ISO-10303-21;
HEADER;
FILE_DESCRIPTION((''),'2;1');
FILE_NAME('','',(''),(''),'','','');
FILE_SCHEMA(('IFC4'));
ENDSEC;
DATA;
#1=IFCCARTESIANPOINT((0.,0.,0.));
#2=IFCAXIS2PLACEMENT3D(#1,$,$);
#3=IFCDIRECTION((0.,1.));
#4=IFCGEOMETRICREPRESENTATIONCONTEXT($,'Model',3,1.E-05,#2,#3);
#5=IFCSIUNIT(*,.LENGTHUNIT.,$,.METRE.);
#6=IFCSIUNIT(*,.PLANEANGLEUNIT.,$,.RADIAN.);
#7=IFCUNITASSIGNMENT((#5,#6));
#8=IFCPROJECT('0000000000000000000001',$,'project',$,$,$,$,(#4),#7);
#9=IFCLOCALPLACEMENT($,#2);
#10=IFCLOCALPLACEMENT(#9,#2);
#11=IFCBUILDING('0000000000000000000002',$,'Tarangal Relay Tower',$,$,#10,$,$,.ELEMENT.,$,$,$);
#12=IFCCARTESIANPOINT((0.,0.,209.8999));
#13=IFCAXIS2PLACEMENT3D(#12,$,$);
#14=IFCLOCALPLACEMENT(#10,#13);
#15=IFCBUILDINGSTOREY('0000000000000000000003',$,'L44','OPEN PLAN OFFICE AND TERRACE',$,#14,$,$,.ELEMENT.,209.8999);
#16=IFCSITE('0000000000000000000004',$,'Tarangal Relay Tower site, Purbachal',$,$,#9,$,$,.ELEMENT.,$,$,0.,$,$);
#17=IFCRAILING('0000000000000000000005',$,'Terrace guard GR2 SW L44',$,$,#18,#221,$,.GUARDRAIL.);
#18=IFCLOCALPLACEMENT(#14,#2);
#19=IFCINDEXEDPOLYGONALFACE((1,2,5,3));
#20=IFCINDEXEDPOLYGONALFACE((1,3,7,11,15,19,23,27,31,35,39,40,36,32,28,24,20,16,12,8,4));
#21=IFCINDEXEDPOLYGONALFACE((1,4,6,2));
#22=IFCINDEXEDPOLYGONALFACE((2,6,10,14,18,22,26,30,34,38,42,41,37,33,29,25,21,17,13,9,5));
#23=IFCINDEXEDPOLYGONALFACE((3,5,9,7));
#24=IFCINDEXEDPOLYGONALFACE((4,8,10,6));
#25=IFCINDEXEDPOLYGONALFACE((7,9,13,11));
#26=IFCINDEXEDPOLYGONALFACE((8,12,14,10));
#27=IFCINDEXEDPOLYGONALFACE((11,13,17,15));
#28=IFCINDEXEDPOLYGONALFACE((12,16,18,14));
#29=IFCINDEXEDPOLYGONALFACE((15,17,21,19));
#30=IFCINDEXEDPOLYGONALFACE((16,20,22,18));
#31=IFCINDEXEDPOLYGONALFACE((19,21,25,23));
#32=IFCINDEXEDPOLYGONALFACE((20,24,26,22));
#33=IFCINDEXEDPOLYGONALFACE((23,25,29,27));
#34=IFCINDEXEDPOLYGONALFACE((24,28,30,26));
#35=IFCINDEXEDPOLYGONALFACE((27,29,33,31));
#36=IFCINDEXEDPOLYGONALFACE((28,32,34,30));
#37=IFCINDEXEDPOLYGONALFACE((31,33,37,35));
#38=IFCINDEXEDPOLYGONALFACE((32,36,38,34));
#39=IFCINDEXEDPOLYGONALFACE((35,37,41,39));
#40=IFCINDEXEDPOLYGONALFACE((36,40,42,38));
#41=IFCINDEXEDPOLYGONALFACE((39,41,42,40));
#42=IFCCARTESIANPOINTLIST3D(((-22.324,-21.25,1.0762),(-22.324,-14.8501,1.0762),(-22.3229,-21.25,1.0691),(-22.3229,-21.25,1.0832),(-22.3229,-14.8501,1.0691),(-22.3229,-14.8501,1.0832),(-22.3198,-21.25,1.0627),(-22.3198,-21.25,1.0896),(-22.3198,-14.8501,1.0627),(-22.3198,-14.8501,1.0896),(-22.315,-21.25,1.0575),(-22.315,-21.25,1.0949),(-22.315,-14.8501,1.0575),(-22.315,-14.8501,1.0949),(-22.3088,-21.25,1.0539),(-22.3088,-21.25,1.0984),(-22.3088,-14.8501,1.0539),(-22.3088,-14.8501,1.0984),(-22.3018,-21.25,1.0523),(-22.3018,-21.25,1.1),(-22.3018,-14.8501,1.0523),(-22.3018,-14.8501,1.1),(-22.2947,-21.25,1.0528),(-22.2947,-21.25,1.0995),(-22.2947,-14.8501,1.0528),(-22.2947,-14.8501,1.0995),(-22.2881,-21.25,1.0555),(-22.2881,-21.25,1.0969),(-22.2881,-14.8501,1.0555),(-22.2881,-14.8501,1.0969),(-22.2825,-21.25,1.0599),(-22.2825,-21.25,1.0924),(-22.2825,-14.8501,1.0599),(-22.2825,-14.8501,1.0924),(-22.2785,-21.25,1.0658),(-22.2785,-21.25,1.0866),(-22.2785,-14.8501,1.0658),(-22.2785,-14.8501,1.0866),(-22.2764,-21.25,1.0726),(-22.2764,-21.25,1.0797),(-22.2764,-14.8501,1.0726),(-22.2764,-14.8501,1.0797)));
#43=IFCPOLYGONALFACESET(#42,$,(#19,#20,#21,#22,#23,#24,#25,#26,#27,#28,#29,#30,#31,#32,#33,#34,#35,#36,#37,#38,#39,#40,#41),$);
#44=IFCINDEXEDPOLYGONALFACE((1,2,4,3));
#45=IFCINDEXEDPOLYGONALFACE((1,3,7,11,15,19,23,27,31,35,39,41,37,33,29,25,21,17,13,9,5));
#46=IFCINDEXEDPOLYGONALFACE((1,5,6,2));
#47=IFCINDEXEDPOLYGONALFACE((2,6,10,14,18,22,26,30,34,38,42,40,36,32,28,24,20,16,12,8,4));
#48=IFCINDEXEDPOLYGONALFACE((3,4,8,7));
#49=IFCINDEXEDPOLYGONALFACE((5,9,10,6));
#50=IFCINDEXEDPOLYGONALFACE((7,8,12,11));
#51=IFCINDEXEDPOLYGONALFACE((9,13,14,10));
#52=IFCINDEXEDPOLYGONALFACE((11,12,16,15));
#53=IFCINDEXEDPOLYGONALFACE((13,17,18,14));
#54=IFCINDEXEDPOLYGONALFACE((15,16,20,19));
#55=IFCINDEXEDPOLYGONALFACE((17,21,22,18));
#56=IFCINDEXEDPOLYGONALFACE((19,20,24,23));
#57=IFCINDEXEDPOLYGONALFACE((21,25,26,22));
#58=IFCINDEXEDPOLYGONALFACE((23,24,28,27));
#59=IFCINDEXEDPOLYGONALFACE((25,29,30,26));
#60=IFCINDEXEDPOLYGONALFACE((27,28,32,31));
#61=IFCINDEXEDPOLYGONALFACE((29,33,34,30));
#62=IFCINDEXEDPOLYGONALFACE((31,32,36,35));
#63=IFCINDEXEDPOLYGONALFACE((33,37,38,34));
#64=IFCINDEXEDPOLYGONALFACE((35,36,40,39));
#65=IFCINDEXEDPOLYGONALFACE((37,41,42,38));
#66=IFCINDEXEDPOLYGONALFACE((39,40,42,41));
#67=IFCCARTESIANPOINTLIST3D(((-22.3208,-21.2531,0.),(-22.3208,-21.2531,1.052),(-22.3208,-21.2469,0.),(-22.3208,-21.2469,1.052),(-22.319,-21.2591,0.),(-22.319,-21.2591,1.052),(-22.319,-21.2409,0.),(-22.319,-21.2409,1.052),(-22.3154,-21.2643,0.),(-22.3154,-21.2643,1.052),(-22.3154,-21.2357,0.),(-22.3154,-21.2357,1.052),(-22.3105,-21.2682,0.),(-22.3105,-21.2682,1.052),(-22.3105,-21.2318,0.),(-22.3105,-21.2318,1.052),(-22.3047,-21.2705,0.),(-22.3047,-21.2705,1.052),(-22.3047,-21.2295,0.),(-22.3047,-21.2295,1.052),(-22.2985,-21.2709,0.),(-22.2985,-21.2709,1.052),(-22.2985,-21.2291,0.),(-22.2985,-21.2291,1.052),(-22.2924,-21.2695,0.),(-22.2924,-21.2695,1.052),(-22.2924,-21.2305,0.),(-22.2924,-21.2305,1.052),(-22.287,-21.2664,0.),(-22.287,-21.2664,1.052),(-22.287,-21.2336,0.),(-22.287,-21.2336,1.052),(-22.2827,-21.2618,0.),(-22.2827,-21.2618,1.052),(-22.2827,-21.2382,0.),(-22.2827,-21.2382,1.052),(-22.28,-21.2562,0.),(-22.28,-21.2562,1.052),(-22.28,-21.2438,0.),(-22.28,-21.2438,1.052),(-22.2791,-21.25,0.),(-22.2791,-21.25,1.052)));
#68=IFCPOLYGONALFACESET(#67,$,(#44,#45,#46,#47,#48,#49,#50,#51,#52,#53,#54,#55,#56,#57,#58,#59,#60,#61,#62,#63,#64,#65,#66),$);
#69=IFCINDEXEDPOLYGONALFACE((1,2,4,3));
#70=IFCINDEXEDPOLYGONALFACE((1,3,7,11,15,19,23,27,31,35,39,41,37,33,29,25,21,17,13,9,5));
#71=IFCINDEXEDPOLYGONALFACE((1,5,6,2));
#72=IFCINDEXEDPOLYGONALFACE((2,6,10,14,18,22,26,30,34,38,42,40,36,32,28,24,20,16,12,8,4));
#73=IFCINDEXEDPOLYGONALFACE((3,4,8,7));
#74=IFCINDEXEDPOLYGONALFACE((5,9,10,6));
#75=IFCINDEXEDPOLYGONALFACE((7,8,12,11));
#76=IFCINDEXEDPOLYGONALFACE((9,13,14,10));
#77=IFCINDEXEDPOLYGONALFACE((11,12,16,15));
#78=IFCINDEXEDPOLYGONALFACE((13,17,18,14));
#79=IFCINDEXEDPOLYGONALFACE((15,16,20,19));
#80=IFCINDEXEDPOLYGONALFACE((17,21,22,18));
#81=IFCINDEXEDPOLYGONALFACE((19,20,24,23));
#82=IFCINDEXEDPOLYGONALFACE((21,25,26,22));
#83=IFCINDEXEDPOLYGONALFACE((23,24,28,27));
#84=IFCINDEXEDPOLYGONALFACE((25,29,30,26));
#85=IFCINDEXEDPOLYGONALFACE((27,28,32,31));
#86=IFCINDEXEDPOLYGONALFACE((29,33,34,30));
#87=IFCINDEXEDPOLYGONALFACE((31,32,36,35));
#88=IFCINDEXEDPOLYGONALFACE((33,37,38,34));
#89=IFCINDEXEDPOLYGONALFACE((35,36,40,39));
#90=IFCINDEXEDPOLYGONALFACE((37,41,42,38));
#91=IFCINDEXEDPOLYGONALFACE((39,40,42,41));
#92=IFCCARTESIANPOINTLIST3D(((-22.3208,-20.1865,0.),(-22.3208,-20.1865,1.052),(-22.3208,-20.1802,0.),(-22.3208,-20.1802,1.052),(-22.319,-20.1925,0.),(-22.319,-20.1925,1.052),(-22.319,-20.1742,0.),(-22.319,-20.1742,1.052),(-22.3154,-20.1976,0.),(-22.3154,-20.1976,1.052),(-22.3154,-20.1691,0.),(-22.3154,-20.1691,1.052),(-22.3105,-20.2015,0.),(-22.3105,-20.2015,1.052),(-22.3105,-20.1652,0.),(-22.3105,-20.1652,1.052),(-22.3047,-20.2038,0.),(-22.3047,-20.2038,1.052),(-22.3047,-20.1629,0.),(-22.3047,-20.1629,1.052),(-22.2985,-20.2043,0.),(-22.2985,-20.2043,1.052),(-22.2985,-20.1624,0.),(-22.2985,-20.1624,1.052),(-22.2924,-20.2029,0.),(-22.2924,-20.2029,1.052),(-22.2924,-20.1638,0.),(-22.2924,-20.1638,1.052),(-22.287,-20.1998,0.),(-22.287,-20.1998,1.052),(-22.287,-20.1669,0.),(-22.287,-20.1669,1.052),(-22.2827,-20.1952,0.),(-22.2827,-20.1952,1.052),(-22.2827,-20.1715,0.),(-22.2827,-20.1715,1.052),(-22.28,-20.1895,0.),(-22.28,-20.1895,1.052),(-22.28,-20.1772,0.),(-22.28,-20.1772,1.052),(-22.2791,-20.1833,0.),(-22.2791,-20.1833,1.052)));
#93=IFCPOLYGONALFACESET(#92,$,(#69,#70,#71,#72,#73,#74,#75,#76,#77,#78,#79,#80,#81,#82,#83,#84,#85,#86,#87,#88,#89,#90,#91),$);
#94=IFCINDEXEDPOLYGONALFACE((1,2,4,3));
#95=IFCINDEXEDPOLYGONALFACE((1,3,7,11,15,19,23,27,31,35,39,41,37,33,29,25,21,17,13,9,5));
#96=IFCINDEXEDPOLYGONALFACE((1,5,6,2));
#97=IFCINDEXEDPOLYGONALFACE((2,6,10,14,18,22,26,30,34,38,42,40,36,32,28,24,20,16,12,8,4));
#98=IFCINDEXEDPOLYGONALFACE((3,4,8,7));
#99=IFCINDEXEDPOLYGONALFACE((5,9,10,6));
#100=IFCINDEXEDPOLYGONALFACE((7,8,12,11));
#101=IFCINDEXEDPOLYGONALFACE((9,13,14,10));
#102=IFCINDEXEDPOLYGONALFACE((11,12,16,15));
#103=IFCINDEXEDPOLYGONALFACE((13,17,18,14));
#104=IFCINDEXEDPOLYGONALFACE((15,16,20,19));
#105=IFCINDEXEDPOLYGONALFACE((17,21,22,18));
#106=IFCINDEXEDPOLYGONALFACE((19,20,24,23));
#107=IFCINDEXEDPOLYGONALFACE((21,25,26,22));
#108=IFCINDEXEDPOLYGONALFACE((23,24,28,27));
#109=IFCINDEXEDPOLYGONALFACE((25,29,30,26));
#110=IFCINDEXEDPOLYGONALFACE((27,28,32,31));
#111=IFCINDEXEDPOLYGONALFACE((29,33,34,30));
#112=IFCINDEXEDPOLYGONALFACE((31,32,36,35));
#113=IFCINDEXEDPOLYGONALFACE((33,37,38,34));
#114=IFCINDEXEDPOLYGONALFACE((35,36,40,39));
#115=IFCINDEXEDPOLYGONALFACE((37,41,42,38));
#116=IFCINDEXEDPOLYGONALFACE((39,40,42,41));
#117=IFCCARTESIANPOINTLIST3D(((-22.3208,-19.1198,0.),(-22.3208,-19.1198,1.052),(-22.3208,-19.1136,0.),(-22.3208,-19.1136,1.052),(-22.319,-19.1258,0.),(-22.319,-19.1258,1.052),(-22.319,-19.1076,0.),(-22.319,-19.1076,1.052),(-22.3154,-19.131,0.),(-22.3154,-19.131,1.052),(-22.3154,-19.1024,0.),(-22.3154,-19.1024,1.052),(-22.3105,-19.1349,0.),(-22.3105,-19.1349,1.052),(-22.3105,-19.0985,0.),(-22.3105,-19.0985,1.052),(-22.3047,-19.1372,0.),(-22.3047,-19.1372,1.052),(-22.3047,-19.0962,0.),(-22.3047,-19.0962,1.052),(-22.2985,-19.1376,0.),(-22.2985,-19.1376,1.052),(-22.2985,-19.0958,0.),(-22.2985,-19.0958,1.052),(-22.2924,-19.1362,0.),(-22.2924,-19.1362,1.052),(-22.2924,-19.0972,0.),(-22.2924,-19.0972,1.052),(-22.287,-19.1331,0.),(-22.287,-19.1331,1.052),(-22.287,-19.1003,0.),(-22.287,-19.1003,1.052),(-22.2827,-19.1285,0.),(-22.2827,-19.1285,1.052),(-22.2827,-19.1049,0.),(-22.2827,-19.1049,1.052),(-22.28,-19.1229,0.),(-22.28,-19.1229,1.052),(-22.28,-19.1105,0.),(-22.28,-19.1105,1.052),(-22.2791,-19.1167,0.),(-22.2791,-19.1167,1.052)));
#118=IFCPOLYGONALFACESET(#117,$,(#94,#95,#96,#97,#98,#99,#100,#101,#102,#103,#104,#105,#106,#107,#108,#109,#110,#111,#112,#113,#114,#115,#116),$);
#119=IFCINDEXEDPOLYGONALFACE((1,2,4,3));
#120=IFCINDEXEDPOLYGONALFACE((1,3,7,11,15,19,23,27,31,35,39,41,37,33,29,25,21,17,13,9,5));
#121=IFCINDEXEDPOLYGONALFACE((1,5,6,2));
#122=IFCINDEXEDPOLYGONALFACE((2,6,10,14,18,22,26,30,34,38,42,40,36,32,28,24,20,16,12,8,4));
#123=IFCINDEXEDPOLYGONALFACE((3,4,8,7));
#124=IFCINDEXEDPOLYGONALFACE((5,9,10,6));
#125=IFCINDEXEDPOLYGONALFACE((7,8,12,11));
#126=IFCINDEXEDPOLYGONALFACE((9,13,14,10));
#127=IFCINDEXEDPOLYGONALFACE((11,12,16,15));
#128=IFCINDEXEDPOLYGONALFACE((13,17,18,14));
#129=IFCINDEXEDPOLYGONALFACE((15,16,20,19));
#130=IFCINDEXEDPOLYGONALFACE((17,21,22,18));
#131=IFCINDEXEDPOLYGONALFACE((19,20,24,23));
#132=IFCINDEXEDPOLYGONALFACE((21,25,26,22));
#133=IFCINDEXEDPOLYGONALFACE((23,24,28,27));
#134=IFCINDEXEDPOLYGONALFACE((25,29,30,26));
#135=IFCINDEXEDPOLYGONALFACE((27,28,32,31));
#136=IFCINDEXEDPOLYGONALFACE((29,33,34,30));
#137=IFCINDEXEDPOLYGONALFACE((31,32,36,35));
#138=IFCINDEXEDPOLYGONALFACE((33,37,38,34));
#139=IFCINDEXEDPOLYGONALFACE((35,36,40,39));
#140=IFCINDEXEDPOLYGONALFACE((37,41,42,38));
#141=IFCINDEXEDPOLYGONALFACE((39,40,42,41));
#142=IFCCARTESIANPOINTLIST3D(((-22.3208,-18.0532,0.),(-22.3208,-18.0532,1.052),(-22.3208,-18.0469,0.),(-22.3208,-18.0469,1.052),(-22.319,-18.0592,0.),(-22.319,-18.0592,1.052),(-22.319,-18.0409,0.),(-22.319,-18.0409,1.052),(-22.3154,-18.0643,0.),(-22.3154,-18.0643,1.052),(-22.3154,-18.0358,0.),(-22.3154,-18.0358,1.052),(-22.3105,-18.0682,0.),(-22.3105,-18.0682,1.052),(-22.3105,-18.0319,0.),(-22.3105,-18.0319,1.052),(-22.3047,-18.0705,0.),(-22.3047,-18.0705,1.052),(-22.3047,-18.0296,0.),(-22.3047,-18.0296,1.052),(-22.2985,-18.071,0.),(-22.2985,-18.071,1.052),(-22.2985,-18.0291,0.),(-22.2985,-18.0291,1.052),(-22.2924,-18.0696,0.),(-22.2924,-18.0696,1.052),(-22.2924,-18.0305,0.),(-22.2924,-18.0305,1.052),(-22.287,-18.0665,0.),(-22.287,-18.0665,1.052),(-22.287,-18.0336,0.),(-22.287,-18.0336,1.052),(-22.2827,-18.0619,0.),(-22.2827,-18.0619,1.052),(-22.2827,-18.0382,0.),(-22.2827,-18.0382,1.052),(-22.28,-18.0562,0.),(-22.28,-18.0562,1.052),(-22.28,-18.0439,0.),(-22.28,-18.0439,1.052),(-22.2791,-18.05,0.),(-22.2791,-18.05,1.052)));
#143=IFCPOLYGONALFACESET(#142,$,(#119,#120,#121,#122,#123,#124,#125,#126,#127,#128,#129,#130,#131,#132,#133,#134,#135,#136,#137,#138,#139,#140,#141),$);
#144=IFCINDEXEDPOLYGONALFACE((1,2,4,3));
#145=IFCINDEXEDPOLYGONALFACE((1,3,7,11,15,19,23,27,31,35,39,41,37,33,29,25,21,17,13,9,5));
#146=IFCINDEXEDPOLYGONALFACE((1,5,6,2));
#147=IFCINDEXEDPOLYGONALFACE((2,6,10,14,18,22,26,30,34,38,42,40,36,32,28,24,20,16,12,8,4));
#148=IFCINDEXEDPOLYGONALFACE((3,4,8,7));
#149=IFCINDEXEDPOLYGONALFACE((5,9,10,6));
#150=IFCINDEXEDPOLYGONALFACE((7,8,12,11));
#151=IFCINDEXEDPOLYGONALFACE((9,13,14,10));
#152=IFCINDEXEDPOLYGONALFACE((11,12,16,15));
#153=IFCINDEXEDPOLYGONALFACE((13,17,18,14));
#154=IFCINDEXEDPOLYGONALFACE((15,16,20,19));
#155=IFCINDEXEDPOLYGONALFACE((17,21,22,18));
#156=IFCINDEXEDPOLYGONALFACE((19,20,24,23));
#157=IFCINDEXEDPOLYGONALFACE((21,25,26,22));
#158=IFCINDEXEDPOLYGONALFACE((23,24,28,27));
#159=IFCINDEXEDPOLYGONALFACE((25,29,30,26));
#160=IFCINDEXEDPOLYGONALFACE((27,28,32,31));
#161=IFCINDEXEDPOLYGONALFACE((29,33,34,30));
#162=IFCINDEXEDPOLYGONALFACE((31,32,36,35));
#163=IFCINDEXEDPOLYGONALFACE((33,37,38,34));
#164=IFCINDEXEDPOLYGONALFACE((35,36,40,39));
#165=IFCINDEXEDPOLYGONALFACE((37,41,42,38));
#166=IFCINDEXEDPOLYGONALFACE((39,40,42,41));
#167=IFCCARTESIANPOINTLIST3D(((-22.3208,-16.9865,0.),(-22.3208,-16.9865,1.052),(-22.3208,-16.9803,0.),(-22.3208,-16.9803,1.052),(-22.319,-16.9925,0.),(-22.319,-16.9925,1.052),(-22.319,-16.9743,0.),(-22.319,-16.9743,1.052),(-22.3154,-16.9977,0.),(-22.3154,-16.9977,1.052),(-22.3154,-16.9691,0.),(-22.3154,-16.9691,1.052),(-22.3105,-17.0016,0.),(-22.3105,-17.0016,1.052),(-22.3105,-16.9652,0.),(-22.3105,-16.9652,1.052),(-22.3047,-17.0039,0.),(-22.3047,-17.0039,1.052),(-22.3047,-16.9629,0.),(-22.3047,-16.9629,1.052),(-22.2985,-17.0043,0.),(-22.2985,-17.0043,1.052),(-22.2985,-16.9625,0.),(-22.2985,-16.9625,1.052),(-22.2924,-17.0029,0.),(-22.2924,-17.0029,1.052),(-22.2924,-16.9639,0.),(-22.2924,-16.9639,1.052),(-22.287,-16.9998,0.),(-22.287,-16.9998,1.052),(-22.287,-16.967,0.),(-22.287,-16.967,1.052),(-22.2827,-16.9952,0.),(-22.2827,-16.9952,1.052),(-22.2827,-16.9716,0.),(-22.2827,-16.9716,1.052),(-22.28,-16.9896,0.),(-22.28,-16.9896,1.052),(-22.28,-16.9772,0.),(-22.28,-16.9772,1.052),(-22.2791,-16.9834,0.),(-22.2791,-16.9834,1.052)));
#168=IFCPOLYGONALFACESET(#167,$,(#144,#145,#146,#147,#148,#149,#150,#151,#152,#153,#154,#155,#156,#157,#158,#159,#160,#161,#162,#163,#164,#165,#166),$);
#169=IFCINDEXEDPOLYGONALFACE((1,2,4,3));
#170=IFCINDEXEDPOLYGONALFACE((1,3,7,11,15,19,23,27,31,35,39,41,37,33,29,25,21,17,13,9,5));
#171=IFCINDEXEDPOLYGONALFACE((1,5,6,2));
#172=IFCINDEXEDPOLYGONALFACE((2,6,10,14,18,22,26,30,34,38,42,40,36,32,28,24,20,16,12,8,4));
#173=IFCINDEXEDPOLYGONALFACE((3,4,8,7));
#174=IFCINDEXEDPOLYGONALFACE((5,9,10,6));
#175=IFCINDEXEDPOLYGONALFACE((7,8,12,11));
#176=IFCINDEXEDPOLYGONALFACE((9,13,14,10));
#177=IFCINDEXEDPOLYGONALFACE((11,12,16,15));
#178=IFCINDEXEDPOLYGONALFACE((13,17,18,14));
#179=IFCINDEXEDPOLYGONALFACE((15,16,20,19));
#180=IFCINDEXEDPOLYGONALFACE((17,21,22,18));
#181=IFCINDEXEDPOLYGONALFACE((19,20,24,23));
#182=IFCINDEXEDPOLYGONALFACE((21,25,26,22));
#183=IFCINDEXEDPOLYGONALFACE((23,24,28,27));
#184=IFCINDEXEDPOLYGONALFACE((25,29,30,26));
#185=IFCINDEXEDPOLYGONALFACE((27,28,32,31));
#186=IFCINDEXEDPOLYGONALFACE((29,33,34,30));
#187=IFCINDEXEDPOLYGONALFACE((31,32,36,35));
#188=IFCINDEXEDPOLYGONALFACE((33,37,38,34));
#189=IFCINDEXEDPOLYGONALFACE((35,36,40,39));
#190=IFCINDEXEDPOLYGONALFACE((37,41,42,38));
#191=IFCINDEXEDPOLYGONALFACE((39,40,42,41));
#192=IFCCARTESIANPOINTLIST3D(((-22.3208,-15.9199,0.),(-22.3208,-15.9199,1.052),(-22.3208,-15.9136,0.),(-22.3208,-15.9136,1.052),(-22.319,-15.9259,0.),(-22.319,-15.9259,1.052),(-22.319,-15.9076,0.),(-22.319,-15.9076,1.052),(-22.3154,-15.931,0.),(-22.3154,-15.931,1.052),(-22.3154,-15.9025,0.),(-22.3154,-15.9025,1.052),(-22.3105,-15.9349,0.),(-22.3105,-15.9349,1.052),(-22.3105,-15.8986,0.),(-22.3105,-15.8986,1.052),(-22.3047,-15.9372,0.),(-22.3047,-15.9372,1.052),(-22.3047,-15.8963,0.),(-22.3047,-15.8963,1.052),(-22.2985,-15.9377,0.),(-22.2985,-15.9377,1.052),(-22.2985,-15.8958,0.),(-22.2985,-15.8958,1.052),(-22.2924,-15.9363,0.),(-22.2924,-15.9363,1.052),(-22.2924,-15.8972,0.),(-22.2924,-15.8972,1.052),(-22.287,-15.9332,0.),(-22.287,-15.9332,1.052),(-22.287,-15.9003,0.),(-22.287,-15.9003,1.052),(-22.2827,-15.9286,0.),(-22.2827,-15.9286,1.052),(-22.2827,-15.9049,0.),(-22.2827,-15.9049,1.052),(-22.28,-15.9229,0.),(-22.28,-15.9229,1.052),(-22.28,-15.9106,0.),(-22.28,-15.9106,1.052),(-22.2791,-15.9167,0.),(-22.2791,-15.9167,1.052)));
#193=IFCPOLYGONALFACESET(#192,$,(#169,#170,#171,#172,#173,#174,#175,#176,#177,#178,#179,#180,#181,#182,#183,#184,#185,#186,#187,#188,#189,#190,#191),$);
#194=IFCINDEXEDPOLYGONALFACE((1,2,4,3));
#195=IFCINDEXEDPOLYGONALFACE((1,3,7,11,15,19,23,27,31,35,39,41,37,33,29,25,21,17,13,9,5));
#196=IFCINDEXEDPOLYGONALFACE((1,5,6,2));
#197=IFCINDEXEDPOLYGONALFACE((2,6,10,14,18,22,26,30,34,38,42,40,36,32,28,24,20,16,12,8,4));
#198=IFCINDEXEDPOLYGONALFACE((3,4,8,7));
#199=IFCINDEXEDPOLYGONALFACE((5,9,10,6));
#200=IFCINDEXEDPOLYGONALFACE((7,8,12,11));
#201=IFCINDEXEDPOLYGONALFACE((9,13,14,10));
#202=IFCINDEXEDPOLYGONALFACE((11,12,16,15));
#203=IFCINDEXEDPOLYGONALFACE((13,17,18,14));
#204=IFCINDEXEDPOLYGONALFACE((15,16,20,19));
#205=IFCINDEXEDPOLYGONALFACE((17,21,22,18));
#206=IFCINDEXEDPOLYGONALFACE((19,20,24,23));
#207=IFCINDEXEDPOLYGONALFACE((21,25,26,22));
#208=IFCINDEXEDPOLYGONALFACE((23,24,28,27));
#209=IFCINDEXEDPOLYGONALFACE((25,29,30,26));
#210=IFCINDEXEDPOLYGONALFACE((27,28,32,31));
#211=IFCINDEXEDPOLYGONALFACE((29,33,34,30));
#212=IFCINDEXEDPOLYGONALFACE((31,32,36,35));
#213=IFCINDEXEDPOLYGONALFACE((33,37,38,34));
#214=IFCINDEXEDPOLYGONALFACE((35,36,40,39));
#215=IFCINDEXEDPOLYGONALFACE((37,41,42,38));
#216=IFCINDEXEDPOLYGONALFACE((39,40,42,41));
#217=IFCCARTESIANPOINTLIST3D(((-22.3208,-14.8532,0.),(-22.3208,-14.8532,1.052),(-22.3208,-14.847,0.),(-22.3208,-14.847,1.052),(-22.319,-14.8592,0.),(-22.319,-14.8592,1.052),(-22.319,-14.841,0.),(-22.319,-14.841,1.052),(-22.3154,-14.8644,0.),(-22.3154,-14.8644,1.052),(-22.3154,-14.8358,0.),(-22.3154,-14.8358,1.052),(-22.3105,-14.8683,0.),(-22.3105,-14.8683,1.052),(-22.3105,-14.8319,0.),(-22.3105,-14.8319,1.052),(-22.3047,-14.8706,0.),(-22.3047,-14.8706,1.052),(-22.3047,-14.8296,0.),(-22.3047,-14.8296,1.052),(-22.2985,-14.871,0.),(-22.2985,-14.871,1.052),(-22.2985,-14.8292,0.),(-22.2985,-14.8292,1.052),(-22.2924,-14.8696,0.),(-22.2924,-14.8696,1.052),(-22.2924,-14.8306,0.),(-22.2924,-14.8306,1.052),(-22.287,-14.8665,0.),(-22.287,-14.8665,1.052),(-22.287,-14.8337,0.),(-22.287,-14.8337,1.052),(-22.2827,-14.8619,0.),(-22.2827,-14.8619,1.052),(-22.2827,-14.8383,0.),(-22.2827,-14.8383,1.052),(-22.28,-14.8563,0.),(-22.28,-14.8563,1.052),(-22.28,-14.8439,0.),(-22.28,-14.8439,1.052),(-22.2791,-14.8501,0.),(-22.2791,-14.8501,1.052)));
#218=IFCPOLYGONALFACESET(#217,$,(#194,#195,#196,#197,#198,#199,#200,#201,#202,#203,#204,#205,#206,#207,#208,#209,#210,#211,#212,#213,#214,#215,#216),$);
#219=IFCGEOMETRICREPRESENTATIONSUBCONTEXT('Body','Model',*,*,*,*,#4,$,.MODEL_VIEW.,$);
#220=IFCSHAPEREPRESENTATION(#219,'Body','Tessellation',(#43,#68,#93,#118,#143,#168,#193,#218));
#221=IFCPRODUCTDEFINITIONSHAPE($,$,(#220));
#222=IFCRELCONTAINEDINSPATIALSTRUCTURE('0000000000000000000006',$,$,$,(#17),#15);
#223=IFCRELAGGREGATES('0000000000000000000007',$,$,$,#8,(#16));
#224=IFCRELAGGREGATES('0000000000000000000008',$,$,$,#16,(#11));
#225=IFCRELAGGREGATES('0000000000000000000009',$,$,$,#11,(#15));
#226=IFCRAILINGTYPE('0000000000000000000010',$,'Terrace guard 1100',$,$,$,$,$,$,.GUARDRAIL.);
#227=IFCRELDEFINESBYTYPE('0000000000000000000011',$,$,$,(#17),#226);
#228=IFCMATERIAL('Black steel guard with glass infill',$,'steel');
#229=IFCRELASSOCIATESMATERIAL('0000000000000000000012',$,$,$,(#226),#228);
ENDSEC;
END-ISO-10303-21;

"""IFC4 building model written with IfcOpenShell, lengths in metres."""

from ifc_helpers import new_model, si_unit, direction, frame, origin, origin_2d, place, context, subcontext, project, spatial, circle, extrude, material, type_object, element, save


model = new_model("IFC4")

# Units and contexts
model_context = context("Model", 3, precision=1e-05, world=origin(), true_north=direction((0.0, 1.0)))
body_context = subcontext(model_context, "Body", "Model", "MODEL_VIEW")
ifc_project = project(units=[si_unit("LENGTHUNIT", "METRE"), si_unit("PLANEANGLEUNIT", "RADIAN")], contexts=[model_context])

# Site, building, storey
site_placement = place(None, origin())
site = spatial("IfcSite", under=ifc_project, at=site_placement, Name="Tarangal Relay Tower site, Purbachal", CompositionType="ELEMENT", RefElevation=0.0)
building_placement = place(site_placement, origin())
building = spatial("IfcBuilding", under=site, at=building_placement, Name="Tarangal Relay Tower", CompositionType="ELEMENT")
storey_placement = place(building_placement, frame((0.0, 0.0, 209.8999)))
storey = spatial("IfcBuildingStorey", under=building, at=storey_placement, Name="L44", Description="OPEN PLAN OFFICE AND TERRACE", CompositionType="ELEMENT", Elevation=209.8999)

# Railing
ifc_material_1 = material(Name="Black steel guard with glass infill", Category="steel")
railing_type = type_object("IfcRailingType", Name="Terrace guard 1100", PredefinedType="GUARDRAIL", material=ifc_material_1)
railing_1_placement = place(storey_placement, frame((-22.3, -21.25, 0.0)))
element("IfcRailing", 1, at=railing_1_placement, inside=storey, type_object=railing_type, Name="Terrace guard GR2 SW L44", PredefinedType="GUARDRAIL", context=body_context, shape_type="SweptSolid", body=[
    extrude(circle(Radius=0.0239, at=origin_2d()), frame((0.0, 0.0, 1.0762), z_axis=(0.0, 1.0, 0.0), x_axis=(-1.0, 0.0, 0.0)), (0.0, 0.0, 1.0), 6.3999),
    extrude(circle(Radius=0.021, at=origin_2d()), origin(), (0.0, 0.0, 1.0), 1.052),
    extrude(circle(Radius=0.021, at=origin_2d()), frame((0.0, 1.0667, 0.0)), (0.0, 0.0, 1.0), 1.052),
    extrude(circle(Radius=0.021, at=origin_2d()), frame((0.0, 2.1333, 0.0)), (0.0, 0.0, 1.0), 1.052),
    extrude(circle(Radius=0.021, at=origin_2d()), frame((0.0, 3.2, 0.0)), (0.0, 0.0, 1.0), 1.052),
    extrude(circle(Radius=0.021, at=origin_2d()), frame((0.0, 4.2666, 0.0)), (0.0, 0.0, 1.0), 1.052),
    extrude(circle(Radius=0.021, at=origin_2d()), frame((0.0, 5.3333, 0.0)), (0.0, 0.0, 1.0), 1.052),
    extrude(circle(Radius=0.021, at=origin_2d()), frame((0.0, 6.3999, 0.0)), (0.0, 0.0, 1.0), 1.052),
])

save(model, "model.ifc")
